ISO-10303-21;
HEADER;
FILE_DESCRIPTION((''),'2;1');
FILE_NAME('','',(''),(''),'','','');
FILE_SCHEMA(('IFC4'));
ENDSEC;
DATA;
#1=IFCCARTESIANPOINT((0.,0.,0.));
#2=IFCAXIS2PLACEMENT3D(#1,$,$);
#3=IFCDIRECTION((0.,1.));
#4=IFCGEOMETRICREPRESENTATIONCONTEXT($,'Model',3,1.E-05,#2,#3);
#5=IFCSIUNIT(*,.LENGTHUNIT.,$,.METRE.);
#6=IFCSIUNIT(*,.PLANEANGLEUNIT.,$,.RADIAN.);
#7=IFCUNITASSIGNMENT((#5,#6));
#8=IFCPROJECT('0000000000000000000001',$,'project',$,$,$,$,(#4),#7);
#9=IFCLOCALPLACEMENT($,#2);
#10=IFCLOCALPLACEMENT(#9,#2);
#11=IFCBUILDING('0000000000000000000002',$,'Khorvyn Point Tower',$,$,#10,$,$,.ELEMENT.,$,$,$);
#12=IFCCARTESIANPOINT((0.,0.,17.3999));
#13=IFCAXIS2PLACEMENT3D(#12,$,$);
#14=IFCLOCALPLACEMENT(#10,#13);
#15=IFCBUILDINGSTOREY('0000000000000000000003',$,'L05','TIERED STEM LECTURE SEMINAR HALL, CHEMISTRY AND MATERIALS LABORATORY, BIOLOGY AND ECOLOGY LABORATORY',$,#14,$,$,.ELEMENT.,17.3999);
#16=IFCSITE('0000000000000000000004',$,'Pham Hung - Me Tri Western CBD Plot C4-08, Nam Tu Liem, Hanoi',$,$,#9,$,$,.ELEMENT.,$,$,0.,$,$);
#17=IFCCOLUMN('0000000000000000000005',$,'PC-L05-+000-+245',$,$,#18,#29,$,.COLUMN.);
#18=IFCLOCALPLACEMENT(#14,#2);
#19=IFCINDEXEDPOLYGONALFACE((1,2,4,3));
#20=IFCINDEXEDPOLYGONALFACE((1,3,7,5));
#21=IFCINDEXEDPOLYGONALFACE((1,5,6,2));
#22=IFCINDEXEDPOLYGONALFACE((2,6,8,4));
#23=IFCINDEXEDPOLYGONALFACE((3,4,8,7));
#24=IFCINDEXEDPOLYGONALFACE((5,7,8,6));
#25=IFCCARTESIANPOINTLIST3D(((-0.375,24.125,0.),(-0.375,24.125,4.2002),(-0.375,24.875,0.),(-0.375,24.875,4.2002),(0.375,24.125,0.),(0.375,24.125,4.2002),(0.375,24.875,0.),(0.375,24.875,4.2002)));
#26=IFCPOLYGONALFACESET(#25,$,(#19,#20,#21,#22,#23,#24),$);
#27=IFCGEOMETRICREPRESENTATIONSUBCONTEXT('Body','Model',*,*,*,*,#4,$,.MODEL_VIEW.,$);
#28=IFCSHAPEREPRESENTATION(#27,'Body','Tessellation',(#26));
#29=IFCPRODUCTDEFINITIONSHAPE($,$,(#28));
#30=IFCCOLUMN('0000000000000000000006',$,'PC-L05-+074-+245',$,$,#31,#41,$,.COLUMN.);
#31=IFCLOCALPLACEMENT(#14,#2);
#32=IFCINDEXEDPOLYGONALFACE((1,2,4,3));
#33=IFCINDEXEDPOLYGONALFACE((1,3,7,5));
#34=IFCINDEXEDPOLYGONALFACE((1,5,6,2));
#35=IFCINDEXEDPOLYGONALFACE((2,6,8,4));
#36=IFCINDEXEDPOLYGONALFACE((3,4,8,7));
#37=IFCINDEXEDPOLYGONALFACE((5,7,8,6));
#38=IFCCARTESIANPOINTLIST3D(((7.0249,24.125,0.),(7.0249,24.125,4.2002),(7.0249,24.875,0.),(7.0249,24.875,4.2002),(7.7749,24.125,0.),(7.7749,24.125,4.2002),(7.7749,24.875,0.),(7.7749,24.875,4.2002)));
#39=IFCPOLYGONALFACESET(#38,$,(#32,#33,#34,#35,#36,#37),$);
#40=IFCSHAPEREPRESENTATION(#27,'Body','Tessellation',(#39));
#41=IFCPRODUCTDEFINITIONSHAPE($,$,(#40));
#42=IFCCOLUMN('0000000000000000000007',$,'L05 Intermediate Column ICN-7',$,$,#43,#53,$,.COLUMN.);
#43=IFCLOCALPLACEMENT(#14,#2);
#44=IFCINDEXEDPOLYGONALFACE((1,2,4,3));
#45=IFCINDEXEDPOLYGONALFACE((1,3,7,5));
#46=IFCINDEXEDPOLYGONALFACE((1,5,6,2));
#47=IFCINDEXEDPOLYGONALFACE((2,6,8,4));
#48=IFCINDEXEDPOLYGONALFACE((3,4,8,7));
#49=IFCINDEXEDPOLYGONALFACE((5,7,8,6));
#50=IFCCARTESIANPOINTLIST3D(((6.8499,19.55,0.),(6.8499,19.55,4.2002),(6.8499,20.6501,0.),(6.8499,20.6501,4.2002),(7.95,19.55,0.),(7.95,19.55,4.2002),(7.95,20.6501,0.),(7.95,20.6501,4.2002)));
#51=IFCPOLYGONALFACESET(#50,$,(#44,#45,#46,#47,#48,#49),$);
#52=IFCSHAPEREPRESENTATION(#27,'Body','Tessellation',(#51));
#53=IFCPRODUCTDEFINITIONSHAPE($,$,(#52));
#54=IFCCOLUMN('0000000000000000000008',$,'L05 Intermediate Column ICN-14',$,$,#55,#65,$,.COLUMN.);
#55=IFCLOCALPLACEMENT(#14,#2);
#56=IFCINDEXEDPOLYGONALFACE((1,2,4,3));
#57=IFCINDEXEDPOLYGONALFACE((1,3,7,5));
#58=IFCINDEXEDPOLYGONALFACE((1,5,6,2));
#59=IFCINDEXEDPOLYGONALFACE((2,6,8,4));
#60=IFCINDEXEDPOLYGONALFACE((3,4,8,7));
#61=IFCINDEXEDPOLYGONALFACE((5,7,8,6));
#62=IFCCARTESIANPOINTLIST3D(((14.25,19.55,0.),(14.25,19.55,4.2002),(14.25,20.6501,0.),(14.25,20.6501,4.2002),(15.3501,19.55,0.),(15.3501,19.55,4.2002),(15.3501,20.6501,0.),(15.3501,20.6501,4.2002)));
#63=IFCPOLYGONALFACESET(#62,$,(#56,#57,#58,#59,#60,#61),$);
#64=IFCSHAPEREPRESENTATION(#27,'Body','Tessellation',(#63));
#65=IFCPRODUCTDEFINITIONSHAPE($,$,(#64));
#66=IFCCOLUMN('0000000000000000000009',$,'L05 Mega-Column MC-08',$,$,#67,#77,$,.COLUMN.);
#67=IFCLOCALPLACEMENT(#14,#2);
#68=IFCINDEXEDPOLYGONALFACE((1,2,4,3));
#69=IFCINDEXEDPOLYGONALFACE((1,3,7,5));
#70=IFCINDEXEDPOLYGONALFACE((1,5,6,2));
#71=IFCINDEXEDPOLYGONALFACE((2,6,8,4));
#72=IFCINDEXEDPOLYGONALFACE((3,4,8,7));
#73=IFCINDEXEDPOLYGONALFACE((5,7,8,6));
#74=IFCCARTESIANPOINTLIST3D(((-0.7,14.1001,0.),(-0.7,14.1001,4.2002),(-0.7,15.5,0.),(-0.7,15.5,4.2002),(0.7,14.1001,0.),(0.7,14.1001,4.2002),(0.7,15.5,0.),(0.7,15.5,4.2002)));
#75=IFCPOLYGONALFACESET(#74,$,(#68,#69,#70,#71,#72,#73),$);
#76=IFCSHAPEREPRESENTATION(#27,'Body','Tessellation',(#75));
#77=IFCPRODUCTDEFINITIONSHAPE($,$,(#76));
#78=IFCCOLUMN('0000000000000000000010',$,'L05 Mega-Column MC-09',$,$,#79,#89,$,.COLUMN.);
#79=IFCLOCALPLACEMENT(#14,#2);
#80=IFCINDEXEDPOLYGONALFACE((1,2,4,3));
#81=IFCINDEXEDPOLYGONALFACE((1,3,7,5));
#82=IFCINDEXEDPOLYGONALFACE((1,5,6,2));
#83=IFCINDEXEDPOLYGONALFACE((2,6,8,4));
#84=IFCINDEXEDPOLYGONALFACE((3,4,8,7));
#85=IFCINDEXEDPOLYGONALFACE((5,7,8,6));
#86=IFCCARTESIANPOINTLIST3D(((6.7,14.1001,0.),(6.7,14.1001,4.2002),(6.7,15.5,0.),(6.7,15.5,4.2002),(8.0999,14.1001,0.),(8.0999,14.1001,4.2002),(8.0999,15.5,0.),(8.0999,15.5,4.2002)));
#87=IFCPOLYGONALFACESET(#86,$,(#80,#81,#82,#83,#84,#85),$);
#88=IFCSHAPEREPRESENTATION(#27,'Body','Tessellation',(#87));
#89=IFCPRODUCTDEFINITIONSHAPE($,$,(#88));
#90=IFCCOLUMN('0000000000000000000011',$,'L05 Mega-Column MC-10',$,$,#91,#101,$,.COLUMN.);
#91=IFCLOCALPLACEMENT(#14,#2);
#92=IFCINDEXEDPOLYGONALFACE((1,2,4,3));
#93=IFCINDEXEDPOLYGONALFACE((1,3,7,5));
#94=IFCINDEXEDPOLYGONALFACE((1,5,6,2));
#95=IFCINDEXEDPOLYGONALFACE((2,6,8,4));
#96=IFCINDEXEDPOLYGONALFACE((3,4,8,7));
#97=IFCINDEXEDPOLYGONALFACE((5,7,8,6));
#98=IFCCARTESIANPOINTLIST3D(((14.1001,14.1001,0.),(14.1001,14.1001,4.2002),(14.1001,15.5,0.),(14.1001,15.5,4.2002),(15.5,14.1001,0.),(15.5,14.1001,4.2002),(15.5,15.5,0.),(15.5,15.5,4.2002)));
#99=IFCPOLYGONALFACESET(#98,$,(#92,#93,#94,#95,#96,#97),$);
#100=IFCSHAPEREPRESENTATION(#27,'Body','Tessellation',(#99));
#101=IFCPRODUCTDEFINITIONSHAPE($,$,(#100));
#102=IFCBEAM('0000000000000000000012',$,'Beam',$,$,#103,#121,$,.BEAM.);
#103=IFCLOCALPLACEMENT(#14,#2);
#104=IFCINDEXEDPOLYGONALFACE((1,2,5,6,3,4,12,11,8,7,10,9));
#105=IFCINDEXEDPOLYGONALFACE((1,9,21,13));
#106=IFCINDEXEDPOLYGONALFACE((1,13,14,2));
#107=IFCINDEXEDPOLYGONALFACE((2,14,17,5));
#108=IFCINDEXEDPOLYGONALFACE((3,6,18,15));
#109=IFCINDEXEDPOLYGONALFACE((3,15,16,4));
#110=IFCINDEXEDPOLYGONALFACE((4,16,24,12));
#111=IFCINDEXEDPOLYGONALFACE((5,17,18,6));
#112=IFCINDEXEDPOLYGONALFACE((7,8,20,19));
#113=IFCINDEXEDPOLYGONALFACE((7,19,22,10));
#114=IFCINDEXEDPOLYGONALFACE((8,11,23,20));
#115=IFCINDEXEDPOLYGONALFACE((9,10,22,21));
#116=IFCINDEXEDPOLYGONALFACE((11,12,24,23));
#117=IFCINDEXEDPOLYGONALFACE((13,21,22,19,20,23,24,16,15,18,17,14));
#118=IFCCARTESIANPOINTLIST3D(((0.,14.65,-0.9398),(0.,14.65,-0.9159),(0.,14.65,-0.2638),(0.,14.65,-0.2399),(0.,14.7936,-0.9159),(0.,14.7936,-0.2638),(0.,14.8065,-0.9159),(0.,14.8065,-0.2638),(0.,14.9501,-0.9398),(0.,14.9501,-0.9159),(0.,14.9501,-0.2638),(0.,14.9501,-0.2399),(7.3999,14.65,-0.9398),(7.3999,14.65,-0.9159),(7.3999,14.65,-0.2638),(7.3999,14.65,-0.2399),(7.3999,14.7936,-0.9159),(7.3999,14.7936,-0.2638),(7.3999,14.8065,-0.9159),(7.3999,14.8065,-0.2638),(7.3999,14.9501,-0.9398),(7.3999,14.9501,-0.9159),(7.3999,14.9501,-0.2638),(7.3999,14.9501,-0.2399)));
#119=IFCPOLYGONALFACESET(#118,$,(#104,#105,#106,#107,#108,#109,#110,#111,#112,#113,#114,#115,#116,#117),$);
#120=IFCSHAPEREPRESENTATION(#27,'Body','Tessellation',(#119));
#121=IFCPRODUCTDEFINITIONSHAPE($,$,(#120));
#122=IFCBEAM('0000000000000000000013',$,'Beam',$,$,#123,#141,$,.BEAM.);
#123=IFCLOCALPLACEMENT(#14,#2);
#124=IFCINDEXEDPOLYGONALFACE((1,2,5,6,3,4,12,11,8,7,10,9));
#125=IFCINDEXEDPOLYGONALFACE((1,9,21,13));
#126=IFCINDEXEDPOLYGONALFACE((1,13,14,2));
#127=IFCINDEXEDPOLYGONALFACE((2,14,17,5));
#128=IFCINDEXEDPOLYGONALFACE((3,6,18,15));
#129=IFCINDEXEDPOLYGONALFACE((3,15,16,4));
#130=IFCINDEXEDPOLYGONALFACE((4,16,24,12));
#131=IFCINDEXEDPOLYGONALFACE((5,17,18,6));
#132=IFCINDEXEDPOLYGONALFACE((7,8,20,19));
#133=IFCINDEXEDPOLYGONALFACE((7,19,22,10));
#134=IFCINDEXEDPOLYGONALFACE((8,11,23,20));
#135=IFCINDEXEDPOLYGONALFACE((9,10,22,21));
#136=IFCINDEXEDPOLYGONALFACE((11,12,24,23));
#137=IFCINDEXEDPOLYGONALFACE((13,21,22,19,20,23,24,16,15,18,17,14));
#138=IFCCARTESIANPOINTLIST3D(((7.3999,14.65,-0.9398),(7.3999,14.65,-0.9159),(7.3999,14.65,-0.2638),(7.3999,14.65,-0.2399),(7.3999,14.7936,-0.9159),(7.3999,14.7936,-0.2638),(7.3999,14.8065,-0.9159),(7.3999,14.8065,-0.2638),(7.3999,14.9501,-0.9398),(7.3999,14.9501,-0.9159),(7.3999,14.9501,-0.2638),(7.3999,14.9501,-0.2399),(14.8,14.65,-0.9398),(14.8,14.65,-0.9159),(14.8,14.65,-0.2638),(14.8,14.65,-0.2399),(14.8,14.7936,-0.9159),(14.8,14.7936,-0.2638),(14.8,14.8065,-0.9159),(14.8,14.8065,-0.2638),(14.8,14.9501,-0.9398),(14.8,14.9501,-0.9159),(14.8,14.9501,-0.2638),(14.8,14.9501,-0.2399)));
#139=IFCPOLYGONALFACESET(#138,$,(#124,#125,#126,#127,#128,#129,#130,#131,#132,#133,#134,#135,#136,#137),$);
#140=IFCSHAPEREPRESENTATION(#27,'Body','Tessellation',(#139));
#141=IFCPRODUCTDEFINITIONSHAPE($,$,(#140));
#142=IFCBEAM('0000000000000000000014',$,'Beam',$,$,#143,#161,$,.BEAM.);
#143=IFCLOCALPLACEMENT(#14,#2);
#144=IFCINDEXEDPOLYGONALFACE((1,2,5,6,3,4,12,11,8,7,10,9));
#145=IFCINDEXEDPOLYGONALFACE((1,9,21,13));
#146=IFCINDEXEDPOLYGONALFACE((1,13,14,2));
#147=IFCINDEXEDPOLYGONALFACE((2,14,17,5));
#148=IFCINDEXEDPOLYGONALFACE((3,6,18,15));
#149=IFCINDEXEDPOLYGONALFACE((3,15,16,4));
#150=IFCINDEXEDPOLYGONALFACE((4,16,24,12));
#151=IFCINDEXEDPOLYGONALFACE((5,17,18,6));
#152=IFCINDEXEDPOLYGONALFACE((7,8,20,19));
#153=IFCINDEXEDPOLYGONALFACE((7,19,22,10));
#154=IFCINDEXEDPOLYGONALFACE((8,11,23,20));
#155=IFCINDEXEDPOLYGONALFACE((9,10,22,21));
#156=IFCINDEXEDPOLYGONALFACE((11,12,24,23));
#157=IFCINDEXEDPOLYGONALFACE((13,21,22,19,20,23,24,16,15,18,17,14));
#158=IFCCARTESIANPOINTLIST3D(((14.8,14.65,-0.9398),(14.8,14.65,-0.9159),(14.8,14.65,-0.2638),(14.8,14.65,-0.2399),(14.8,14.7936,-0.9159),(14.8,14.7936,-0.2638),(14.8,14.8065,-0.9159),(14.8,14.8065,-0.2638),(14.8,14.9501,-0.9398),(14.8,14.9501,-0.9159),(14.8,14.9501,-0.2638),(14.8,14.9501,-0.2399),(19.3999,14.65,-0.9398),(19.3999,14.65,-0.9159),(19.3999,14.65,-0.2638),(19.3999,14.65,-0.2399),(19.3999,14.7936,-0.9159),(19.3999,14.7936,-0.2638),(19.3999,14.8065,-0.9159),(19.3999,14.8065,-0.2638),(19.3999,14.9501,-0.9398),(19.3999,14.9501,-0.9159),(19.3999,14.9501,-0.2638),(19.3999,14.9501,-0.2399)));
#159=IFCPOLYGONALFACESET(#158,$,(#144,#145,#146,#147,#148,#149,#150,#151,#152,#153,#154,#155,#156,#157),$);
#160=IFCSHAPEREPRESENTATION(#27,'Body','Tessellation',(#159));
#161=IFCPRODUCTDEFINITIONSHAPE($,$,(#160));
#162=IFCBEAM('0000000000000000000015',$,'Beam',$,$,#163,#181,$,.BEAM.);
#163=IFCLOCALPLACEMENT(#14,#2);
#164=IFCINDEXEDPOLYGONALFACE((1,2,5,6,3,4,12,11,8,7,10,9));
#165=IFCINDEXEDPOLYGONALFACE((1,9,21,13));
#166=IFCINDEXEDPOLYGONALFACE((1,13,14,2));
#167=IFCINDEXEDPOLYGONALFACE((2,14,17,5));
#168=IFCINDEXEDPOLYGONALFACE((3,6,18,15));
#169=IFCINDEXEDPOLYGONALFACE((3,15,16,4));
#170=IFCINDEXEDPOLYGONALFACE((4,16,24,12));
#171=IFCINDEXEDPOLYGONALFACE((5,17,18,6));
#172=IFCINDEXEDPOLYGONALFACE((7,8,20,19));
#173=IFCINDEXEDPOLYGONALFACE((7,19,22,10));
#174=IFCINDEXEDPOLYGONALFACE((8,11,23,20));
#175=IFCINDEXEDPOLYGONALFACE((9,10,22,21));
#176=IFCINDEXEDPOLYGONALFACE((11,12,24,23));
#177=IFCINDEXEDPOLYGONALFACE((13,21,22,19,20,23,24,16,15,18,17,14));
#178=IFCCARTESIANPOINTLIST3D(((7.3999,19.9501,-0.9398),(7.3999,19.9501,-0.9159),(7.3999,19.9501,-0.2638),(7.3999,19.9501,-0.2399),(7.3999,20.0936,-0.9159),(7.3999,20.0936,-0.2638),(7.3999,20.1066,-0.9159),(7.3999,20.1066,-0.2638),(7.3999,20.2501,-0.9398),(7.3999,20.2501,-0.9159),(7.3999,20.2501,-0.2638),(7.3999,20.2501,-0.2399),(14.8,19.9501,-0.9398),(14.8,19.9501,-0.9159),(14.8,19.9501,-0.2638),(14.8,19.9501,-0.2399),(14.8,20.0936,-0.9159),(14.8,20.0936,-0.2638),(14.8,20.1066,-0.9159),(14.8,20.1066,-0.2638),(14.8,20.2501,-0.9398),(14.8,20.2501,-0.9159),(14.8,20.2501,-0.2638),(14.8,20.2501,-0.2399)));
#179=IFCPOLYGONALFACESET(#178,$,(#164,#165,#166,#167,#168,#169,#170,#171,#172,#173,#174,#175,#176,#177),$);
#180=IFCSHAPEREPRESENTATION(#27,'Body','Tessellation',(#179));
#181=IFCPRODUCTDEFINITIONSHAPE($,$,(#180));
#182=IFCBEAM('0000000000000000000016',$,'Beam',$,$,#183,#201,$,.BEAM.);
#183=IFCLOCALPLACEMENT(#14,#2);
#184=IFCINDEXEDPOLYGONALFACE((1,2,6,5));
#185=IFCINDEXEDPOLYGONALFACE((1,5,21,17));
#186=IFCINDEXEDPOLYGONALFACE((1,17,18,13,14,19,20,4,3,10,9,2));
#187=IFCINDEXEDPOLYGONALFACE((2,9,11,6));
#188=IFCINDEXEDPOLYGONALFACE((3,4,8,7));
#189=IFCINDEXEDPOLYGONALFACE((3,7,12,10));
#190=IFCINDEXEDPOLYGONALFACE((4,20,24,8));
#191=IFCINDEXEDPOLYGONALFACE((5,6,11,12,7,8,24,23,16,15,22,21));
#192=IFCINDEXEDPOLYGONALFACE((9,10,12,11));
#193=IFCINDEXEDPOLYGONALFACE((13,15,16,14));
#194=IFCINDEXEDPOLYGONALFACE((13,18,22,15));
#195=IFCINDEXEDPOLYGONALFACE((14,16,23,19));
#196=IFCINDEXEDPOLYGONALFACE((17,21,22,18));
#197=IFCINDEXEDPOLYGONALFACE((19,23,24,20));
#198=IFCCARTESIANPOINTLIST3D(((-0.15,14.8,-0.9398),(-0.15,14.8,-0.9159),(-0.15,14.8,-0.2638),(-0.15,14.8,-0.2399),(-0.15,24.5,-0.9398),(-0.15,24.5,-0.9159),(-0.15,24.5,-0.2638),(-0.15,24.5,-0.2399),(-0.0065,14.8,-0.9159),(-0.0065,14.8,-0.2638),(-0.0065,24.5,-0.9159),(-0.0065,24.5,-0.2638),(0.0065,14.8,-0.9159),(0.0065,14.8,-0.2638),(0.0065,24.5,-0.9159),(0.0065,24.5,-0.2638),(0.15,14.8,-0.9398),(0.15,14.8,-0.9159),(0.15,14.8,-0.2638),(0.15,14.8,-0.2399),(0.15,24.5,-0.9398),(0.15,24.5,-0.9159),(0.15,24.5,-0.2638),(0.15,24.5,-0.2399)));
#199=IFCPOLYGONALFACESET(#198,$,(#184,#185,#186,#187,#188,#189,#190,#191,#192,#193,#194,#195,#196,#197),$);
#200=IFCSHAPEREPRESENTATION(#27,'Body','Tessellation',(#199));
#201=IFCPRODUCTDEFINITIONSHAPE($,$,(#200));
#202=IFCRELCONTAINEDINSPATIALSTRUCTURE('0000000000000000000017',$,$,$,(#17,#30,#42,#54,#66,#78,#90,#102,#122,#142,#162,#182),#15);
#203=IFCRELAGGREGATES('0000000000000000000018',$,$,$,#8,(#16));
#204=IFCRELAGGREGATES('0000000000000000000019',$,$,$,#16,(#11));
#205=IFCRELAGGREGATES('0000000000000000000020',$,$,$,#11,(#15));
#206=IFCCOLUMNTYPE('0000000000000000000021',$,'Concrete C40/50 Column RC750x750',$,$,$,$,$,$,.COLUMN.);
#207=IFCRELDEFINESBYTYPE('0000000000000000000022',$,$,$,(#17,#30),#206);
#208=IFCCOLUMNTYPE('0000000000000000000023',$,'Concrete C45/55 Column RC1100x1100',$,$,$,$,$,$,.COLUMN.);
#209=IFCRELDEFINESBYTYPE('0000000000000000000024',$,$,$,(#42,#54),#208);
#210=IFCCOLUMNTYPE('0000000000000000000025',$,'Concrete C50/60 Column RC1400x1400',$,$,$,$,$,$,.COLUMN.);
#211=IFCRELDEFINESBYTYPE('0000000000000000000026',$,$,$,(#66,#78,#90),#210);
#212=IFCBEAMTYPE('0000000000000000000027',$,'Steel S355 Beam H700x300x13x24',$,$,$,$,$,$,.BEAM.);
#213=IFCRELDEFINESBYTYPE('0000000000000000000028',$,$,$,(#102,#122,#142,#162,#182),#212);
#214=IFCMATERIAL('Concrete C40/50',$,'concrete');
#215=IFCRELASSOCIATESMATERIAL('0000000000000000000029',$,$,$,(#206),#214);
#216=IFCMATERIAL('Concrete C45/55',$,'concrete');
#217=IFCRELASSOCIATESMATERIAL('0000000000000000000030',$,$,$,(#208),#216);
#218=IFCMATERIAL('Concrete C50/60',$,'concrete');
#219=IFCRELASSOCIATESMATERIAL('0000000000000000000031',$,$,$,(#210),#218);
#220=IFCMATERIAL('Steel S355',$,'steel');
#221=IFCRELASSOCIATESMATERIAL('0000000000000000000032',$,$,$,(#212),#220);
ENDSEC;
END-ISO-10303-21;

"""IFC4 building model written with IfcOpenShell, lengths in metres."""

from ifc_helpers import new_model, si_unit, direction, frame, origin, origin_2d, place, context, subcontext, project, spatial, rectangle, i_section, extrude, material, material_profile, profile_set, type_object, element, save


model = new_model("IFC4")

# Units and contexts
model_context = context("Model", 3, precision=1e-05, world=origin(), true_north=direction((0.0, 1.0)))
body_context = subcontext(model_context, "Body", "Model", "MODEL_VIEW")
ifc_project = project(units=[si_unit("LENGTHUNIT", "METRE"), si_unit("PLANEANGLEUNIT", "RADIAN")], contexts=[model_context])

# Site, building, storey
site_placement = place(None, origin())
site = spatial("IfcSite", under=ifc_project, at=site_placement, Name="Pham Hung - Me Tri Western CBD Plot C4-08, Nam Tu Liem, Hanoi", CompositionType="ELEMENT", RefElevation=0.0)
building_placement = place(site_placement, origin())
building = spatial("IfcBuilding", under=site, at=building_placement, Name="Khorvyn Point Tower", CompositionType="ELEMENT")
storey_placement = place(building_placement, frame((0.0, 0.0, 17.3999)))
storey = spatial("IfcBuildingStorey", under=building, at=storey_placement, Name="L05", Description="TIERED STEM LECTURE SEMINAR HALL, CHEMISTRY AND MATERIALS LABORATORY, BIOLOGY AND ECOLOGY LABORATORY", CompositionType="ELEMENT", Elevation=17.3999)

# Columns
ifc_material_1 = material(Name="Concrete C40/50", Category="concrete")
ifc_material_profile_1 = material_profile(ifc_material_1, rectangle(XDim=0.75, YDim=0.75, at=origin_2d()))
ifc_profile_set_1 = profile_set([ifc_material_profile_1], Name="Concrete C40/50 RC750x750")
column_type_1 = type_object("IfcColumnType", Name="Concrete C40/50 Column RC750x750", PredefinedType="COLUMN", material=ifc_profile_set_1)
for number, where, z_axis, x_axis, name in (
    (1, (0.0, 24.5, 0.0), (0.0, 0.0, 1.0), (1.0, 0.0, 0.0), "PC-L05-+000-+245"),
    (2, (7.3999, 24.5, 0.0), (0.0, 0.0, 1.0), (1.0, 0.0, 0.0), "PC-L05-+074-+245"),
):
    element("IfcColumn", number, at=place(storey_placement, frame(where, z_axis=z_axis, x_axis=x_axis)), inside=storey, type_object=column_type_1, Name=name, PredefinedType="COLUMN", context=body_context, shape_type="SweptSolid", body=[
        extrude(rectangle(XDim=0.75, YDim=0.75, at=origin_2d()), origin(), (0.0, 0.0, 1.0), 4.2002),
    ])
ifc_material_2 = material(Name="Concrete C45/55", Category="concrete")
ifc_material_profile_2 = material_profile(ifc_material_2, rectangle(XDim=1.1001, YDim=1.1001, at=origin_2d()))
ifc_profile_set_2 = profile_set([ifc_material_profile_2], Name="Concrete C45/55 RC1100x1100")
column_type_2 = type_object("IfcColumnType", Name="Concrete C45/55 Column RC1100x1100", PredefinedType="COLUMN", material=ifc_profile_set_2)
for number, where, z_axis, x_axis, name in (
    (3, (7.3999, 20.1001, 0.0), (0.0, 0.0, 1.0), (1.0, 0.0, 0.0), "L05 Intermediate Column ICN-7"),
    (4, (14.8, 20.1001, 0.0), (0.0, 0.0, 1.0), (1.0, 0.0, 0.0), "L05 Intermediate Column ICN-14"),
):
    element("IfcColumn", number, at=place(storey_placement, frame(where, z_axis=z_axis, x_axis=x_axis)), inside=storey, type_object=column_type_2, Name=name, PredefinedType="COLUMN", context=body_context, shape_type="SweptSolid", body=[
        extrude(rectangle(XDim=1.1001, YDim=1.1001, at=origin_2d()), origin(), (0.0, 0.0, 1.0), 4.2002),
    ])
ifc_material_3 = material(Name="Concrete C50/60", Category="concrete")
ifc_material_profile_3 = material_profile(ifc_material_3, rectangle(XDim=1.3999, YDim=1.3999, at=origin_2d()))
ifc_profile_set_3 = profile_set([ifc_material_profile_3], Name="Concrete C50/60 RC1400x1400")
column_type_3 = type_object("IfcColumnType", Name="Concrete C50/60 Column RC1400x1400", PredefinedType="COLUMN", material=ifc_profile_set_3)
for number, where, z_axis, x_axis, name in (
    (5, (0.0, 14.8, 0.0), (0.0, 0.0, 1.0), (1.0, 0.0, 0.0), "L05 Mega-Column MC-08"),
    (6, (7.3999, 14.8, 0.0), (0.0, 0.0, 1.0), (1.0, 0.0, 0.0), "L05 Mega-Column MC-09"),
    (7, (14.8, 14.8, 0.0), (0.0, 0.0, 1.0), (1.0, 0.0, 0.0), "L05 Mega-Column MC-10"),
):
    element("IfcColumn", number, at=place(storey_placement, frame(where, z_axis=z_axis, x_axis=x_axis)), inside=storey, type_object=column_type_3, Name=name, PredefinedType="COLUMN", context=body_context, shape_type="SweptSolid", body=[
        extrude(rectangle(XDim=1.3999, YDim=1.3999, at=origin_2d()), origin(), (0.0, 0.0, 1.0), 4.2002),
    ])

# Beams
ifc_material_4 = material(Name="Steel S355", Category="steel")
ifc_material_profile_4 = material_profile(ifc_material_4, i_section(OverallWidth=0.3, OverallDepth=0.7, WebThickness=0.0129, FlangeThickness=0.0239, at=origin_2d()))
ifc_profile_set_4 = profile_set([ifc_material_profile_4], Name="Steel S355 H700x300x13x24")
beam_type_1 = type_object("IfcBeamType", Name="Steel S355 Beam H700x300x13x24", PredefinedType="BEAM", material=ifc_profile_set_4)
beam_1_placement = place(storey_placement, frame((0.0, 14.8, -0.5898), z_axis=(1.0, 0.0, 0.0), x_axis=(0.0, 1.0, 0.0)))
element("IfcBeam", 8, at=beam_1_placement, inside=storey, type_object=beam_type_1, Name="Beam", PredefinedType="BEAM", context=body_context, shape_type="SweptSolid", body=[
    extrude(i_section(OverallWidth=0.3, OverallDepth=0.7, WebThickness=0.0129, FlangeThickness=0.0239, at=origin_2d()), origin(), (0.0, 0.0, 1.0), 7.3999),
])
beam_2_placement = place(storey_placement, frame((7.3999, 14.8, -0.5898), z_axis=(1.0, 0.0, 0.0), x_axis=(0.0, 1.0, 0.0)))
element("IfcBeam", 9, at=beam_2_placement, inside=storey, type_object=beam_type_1, Name="Beam", PredefinedType="BEAM", context=body_context, shape_type="SweptSolid", body=[
    extrude(i_section(OverallWidth=0.3, OverallDepth=0.7, WebThickness=0.0129, FlangeThickness=0.0239, at=origin_2d()), origin(), (0.0, 0.0, 1.0), 7.4001),
])
beam_3_placement = place(storey_placement, frame((14.8, 14.8, -0.5898), z_axis=(1.0, 0.0, 0.0), x_axis=(0.0, 1.0, 0.0)))
element("IfcBeam", 10, at=beam_3_placement, inside=storey, type_object=beam_type_1, Name="Beam", PredefinedType="BEAM", context=body_context, shape_type="SweptSolid", body=[
    extrude(i_section(OverallWidth=0.3, OverallDepth=0.7, WebThickness=0.0129, FlangeThickness=0.0239, at=origin_2d()), origin(), (0.0, 0.0, 1.0), 4.5999),
])
beam_4_placement = place(storey_placement, frame((7.3999, 20.1001, -0.5898), z_axis=(1.0, 0.0, 0.0), x_axis=(0.0, 1.0, 0.0)))
element("IfcBeam", 11, at=beam_4_placement, inside=storey, type_object=beam_type_1, Name="Beam", PredefinedType="BEAM", context=body_context, shape_type="SweptSolid", body=[
    extrude(i_section(OverallWidth=0.3, OverallDepth=0.7, WebThickness=0.0129, FlangeThickness=0.0239, at=origin_2d()), origin(), (0.0, 0.0, 1.0), 7.4001),
])
beam_5_placement = place(storey_placement, frame((0.0, 14.8, -0.5898), z_axis=(0.0, 1.0, 0.0), x_axis=(-1.0, 0.0, 0.0)))
element("IfcBeam", 12, at=beam_5_placement, inside=storey, type_object=beam_type_1, Name="Beam", PredefinedType="BEAM", context=body_context, shape_type="SweptSolid", body=[
    extrude(i_section(OverallWidth=0.3, OverallDepth=0.7, WebThickness=0.0129, FlangeThickness=0.0239, at=origin_2d()), origin(), (0.0, 0.0, 1.0), 9.7),
])

save(model, "model.ifc")
